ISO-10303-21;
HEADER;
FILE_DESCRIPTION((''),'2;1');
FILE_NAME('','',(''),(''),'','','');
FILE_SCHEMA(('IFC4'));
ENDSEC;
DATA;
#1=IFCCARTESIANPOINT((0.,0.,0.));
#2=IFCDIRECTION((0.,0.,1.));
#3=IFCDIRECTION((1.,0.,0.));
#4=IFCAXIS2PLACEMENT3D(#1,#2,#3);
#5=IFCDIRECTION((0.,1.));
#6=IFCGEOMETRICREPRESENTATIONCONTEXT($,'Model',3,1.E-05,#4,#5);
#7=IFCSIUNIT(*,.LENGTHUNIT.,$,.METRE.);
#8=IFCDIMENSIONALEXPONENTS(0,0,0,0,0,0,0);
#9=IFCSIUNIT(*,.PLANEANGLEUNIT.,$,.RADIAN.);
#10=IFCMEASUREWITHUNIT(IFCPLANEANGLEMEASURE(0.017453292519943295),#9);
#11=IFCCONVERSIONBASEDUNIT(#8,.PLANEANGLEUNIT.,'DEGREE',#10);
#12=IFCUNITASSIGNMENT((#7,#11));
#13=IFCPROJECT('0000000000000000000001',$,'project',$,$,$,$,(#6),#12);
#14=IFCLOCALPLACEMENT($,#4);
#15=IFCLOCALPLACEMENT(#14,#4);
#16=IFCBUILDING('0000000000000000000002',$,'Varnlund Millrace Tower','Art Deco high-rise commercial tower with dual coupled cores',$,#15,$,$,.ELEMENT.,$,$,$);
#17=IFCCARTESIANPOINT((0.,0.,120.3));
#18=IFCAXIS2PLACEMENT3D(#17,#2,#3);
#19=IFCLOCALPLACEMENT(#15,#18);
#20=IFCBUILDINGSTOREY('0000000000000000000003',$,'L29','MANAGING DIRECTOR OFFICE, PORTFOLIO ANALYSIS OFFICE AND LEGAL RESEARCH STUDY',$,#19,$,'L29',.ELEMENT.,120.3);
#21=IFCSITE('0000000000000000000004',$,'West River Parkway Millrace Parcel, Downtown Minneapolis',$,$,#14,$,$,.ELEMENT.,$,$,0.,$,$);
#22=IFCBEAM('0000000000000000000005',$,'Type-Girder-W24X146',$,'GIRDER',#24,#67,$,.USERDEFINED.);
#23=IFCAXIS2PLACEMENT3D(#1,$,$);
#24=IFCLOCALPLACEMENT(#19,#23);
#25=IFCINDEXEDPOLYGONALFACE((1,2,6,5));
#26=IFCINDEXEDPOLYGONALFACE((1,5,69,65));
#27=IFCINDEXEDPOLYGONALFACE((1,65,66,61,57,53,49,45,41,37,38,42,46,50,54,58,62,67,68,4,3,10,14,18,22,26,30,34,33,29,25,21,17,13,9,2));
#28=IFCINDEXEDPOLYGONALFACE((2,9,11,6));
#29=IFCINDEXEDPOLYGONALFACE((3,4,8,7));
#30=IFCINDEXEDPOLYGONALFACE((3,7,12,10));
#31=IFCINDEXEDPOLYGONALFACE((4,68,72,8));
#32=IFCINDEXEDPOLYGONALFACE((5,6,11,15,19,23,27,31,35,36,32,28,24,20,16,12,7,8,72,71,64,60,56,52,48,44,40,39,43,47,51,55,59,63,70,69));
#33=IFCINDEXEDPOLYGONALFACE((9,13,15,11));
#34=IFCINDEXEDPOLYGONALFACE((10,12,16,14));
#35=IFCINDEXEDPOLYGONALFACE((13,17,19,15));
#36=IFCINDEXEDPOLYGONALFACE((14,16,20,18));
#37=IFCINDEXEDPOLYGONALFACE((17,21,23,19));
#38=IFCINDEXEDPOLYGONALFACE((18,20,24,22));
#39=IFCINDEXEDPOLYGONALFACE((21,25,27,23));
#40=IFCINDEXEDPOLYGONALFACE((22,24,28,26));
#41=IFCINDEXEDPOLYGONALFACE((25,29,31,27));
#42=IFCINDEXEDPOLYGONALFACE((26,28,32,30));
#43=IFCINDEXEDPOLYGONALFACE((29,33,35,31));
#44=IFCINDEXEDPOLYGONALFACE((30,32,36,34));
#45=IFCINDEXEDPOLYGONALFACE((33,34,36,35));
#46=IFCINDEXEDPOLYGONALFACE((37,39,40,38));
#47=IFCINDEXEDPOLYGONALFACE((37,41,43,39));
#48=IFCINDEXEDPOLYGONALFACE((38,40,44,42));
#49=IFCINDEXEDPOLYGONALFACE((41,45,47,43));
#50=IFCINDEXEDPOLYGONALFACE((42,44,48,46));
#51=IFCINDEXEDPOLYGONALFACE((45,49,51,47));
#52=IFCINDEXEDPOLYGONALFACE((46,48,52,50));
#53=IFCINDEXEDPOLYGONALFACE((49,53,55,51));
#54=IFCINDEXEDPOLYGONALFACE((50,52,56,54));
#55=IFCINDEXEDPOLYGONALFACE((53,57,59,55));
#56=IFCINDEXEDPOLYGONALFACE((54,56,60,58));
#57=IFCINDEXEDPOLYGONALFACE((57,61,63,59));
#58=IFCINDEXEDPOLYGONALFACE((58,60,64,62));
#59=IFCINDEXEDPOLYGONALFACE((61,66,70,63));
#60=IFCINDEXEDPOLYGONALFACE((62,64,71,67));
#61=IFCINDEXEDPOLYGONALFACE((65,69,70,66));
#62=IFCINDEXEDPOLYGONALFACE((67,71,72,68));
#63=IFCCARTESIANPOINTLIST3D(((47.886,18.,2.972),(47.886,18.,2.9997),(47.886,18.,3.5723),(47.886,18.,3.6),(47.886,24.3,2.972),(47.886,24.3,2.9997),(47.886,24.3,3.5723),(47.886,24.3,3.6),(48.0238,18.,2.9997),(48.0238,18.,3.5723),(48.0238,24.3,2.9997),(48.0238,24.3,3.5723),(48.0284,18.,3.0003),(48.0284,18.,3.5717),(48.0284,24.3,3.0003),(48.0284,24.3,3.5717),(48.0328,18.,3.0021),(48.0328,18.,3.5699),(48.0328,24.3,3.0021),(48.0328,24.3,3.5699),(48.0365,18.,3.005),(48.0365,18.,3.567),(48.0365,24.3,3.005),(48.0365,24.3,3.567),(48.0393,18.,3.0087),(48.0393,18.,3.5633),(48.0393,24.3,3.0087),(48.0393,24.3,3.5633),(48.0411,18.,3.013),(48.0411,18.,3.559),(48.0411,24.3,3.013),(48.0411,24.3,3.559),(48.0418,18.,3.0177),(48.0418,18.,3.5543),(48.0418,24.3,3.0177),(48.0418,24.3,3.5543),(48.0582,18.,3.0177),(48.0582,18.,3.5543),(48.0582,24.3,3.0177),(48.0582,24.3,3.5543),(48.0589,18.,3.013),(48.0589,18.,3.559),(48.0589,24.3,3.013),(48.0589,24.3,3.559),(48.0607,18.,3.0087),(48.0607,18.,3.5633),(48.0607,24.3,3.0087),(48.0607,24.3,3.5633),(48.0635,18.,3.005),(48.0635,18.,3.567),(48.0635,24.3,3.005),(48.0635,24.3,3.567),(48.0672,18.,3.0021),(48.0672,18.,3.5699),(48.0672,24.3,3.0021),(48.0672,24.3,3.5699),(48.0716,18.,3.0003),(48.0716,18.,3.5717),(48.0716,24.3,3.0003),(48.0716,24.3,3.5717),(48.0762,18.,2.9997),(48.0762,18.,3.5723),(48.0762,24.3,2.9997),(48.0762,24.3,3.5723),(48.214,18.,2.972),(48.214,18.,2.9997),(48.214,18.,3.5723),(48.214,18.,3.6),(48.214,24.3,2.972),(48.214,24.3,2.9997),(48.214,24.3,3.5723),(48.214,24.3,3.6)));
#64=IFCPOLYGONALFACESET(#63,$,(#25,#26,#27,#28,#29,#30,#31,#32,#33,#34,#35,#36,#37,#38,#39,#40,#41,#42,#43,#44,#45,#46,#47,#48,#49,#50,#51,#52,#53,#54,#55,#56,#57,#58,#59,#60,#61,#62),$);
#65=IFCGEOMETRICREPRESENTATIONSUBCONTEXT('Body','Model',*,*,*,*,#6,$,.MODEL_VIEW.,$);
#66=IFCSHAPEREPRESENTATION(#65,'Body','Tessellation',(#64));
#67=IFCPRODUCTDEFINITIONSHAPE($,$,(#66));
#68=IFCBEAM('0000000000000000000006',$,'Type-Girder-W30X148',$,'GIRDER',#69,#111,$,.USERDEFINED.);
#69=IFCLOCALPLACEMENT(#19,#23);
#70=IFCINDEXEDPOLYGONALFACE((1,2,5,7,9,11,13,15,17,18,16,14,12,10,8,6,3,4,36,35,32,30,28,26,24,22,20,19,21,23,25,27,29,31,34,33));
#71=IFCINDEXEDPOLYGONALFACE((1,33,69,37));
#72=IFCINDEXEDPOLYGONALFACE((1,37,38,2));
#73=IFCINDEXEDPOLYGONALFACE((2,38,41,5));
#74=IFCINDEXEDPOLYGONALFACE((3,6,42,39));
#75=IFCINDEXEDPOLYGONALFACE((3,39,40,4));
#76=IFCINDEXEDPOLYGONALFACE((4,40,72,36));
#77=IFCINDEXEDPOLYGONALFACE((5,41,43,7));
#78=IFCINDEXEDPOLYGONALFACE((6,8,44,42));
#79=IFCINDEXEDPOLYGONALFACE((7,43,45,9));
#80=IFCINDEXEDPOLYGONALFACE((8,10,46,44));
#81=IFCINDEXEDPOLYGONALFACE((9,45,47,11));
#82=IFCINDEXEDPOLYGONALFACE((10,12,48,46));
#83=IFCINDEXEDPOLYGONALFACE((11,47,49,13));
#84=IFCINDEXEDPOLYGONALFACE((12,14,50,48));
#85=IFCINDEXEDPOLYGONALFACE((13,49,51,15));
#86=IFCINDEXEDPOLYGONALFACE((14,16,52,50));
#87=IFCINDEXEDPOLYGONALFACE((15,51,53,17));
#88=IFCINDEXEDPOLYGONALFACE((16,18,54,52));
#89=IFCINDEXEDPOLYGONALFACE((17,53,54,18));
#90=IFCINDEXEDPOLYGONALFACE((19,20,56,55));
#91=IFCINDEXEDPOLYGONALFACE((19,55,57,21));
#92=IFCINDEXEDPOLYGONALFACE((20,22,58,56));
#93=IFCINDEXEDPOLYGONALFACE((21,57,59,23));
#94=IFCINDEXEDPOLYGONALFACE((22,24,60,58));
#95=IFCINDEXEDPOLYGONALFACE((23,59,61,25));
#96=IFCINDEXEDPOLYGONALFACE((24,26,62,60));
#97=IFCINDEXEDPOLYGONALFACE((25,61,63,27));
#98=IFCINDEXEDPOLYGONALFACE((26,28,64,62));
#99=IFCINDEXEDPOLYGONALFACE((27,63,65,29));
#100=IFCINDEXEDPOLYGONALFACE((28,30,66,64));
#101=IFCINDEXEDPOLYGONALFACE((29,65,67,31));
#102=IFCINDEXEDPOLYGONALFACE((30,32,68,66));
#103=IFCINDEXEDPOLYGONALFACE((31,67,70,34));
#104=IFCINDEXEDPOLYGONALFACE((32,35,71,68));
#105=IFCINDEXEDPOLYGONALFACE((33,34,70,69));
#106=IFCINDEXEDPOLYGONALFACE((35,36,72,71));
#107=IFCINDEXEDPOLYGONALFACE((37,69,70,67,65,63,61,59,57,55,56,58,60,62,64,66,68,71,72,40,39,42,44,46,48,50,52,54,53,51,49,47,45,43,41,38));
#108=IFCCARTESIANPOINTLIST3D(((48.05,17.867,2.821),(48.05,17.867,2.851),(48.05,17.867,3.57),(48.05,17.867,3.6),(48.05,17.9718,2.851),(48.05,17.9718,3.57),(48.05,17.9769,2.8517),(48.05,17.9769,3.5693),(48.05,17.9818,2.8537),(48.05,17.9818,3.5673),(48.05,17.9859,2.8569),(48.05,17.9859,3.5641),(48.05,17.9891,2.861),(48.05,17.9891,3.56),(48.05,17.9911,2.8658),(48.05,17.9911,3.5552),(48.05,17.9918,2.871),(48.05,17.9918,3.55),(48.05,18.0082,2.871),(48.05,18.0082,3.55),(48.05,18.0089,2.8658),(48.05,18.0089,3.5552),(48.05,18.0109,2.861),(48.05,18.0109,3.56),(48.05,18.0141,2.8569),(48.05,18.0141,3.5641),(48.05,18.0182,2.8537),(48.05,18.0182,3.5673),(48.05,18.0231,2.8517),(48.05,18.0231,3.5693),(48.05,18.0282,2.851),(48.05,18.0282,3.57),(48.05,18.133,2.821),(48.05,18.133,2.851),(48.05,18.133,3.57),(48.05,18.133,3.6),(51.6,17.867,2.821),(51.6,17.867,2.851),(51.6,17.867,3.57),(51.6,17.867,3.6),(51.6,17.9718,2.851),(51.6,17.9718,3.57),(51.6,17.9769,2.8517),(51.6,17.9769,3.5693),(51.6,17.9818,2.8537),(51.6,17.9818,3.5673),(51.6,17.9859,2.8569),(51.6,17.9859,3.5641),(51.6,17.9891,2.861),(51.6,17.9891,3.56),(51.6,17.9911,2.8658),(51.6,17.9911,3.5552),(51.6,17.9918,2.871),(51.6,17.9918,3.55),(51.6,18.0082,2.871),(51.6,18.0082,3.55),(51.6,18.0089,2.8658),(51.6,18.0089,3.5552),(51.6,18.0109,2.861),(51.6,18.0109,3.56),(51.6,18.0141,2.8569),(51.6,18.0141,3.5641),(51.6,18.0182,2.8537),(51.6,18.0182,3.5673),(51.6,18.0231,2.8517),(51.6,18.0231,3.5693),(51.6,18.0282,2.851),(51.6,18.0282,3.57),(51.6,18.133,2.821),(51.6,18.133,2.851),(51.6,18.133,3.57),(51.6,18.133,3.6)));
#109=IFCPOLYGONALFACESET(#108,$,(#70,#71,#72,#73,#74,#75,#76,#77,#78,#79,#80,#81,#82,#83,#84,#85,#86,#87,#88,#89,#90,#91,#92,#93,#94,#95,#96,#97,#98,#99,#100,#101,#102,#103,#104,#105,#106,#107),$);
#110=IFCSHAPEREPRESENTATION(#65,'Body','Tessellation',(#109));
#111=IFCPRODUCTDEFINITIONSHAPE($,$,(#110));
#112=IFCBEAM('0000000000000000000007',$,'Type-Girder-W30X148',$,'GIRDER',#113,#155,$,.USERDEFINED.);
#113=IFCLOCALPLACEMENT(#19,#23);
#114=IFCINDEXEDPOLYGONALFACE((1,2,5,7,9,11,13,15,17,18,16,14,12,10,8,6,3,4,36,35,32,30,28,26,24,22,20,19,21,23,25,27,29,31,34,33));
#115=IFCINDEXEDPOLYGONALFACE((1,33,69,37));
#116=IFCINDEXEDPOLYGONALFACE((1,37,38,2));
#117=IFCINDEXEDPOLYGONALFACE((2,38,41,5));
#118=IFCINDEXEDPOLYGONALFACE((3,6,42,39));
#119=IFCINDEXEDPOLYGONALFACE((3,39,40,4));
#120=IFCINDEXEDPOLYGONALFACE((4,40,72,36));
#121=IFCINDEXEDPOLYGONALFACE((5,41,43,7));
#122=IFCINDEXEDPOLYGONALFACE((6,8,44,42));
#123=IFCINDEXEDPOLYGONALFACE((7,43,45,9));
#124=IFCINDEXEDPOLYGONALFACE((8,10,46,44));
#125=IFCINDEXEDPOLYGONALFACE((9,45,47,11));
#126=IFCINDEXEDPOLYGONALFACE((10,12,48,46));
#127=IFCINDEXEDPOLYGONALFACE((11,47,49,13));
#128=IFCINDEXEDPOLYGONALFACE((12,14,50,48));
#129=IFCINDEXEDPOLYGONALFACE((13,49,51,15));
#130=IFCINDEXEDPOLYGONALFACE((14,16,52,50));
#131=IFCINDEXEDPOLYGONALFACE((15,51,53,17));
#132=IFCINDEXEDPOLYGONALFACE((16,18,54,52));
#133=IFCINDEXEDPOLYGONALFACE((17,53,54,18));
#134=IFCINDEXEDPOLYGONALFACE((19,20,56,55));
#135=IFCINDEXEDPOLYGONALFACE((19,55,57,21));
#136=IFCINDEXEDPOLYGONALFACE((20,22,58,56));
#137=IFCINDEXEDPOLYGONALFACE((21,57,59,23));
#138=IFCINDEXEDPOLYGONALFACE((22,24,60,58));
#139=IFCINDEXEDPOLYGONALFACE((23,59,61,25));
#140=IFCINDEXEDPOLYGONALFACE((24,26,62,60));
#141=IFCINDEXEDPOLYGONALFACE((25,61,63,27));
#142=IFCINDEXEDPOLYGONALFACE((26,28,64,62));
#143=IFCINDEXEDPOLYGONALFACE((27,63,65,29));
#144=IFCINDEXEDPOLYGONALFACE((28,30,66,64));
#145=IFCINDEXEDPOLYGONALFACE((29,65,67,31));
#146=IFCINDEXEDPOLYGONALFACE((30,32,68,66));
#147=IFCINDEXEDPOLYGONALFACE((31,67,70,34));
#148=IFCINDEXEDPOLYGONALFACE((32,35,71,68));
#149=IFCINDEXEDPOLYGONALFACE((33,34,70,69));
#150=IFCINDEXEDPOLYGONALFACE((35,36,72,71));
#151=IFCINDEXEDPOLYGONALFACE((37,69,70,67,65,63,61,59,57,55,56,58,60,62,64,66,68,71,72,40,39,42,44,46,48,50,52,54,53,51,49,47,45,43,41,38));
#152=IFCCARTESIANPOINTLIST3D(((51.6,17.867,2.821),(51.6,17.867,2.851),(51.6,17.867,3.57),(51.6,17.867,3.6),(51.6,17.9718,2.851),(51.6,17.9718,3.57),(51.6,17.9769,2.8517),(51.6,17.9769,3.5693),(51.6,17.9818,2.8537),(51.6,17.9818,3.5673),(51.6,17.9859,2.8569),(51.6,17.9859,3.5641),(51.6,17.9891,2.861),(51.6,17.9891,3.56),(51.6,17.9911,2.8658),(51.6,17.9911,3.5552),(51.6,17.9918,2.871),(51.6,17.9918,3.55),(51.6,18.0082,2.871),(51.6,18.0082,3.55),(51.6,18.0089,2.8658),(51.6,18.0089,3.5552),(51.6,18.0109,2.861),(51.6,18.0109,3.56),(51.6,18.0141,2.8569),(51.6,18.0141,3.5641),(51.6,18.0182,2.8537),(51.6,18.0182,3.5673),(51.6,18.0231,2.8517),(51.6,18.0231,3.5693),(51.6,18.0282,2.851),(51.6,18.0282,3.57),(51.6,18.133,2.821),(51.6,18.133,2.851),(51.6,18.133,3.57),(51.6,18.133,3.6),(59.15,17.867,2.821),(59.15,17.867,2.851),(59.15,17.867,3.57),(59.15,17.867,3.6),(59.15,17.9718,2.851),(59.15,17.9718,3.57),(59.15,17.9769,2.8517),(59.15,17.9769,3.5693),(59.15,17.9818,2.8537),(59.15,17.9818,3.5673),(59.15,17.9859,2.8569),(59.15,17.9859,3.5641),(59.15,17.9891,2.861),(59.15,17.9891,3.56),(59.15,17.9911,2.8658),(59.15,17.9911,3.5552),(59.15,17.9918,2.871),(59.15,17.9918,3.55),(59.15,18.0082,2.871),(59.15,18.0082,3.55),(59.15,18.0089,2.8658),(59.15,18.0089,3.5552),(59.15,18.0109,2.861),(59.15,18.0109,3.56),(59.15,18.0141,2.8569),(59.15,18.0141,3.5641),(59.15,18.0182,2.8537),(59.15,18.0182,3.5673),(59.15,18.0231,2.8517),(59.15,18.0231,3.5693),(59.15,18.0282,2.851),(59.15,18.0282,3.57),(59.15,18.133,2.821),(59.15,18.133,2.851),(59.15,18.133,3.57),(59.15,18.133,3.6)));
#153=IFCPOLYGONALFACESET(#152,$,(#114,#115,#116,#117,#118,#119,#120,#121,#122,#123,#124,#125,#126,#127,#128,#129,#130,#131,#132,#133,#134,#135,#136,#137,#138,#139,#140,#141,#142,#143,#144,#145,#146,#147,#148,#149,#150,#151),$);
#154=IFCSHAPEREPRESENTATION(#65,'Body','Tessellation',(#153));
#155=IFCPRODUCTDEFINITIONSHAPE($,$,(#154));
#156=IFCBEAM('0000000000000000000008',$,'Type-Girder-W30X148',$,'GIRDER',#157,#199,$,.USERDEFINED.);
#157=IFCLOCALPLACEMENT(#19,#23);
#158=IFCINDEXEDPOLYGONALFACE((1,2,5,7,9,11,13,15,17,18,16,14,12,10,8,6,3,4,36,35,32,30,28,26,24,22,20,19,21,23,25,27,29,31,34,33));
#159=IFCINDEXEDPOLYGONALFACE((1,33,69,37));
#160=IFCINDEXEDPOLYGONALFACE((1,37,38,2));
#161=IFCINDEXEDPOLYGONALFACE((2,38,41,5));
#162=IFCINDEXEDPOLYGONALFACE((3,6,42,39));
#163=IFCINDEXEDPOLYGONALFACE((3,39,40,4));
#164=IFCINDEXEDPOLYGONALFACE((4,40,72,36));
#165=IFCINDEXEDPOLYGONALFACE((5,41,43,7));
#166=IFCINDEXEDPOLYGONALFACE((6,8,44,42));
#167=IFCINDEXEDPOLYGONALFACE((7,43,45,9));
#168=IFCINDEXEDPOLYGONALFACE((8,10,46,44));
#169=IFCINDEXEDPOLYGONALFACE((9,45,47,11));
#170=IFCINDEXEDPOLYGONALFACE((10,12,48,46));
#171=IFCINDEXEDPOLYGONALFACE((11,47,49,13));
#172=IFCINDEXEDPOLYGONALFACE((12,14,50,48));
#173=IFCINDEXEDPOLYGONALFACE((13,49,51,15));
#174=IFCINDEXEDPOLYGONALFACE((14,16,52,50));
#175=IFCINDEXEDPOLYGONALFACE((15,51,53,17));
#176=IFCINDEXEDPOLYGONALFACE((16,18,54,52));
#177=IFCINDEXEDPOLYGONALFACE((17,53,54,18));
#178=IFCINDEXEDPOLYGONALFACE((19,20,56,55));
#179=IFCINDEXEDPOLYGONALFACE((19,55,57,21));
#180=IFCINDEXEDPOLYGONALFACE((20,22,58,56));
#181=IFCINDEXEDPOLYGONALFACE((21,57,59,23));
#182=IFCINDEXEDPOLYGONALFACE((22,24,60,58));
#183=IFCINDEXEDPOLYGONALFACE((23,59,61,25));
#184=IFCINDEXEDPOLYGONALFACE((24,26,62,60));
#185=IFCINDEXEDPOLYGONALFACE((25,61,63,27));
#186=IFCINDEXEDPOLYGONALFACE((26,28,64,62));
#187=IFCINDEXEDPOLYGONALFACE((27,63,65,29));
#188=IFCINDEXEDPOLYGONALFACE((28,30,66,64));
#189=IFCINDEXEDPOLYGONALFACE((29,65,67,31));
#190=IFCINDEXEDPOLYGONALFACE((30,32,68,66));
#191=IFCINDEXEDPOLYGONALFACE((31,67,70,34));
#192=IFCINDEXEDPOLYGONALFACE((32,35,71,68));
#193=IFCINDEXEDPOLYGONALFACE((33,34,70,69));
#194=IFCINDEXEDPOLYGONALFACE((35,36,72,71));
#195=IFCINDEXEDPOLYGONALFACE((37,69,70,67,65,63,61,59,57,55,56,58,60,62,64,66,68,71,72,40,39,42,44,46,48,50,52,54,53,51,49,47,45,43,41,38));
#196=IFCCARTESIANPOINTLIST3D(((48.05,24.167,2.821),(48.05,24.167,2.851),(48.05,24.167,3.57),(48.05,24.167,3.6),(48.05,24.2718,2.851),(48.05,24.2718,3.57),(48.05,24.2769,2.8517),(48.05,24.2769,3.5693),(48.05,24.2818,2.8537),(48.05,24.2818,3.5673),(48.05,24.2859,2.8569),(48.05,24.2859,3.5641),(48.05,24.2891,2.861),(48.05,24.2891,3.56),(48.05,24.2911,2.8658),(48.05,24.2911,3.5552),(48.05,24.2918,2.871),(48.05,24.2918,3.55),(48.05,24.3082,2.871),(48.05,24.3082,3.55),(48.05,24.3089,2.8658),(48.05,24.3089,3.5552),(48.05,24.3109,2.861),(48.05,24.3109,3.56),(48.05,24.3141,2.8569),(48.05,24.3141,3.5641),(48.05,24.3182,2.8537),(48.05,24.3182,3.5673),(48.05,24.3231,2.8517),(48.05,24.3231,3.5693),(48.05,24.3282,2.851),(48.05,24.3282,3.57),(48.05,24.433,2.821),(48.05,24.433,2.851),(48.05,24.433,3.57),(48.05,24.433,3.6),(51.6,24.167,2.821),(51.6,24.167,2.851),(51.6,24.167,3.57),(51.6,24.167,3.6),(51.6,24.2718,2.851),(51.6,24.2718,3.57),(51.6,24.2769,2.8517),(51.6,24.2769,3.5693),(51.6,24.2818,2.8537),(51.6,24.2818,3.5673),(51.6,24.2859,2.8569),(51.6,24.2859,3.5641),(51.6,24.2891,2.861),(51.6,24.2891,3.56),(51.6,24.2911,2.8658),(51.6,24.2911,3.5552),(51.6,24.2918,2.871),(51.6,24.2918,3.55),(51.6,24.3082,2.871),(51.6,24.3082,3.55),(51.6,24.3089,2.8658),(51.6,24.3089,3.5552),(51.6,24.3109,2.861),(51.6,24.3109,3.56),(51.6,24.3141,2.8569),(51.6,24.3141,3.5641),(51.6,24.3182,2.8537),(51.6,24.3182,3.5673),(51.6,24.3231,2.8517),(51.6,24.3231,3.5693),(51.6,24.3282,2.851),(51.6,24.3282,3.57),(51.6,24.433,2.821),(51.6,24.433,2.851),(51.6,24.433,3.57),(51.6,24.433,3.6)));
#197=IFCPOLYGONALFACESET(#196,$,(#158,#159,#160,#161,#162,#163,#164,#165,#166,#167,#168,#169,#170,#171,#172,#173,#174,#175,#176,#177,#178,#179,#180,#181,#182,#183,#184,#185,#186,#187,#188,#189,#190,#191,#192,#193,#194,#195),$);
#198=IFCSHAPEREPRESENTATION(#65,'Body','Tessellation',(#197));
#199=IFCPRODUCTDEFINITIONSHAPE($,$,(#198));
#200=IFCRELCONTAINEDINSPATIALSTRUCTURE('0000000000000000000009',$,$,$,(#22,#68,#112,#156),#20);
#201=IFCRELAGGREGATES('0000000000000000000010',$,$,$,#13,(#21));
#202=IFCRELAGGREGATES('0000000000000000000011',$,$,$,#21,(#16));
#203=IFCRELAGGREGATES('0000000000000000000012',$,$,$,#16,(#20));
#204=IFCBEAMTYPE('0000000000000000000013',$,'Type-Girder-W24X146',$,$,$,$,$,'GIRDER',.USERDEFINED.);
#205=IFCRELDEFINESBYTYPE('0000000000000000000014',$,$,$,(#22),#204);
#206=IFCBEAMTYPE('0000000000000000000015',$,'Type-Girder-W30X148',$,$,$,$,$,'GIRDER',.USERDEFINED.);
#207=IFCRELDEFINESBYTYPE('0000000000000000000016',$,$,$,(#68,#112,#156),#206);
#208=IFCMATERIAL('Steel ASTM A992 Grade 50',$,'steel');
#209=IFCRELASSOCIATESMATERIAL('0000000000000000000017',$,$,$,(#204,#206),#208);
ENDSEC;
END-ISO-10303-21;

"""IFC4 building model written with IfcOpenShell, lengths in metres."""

from ifc_helpers import new_model, entity, si_unit, converted_unit, direction, frame, origin_with_axes, origin_2d_with_axis, place, context, subcontext, project, spatial, i_section, extrude, material, material_profile, profile_set, type_object, element, save


model = new_model("IFC4")

# Units and contexts
model_context = context("Model", 3, precision=1e-05, world=origin_with_axes(), true_north=direction((0.0, 1.0)))
body_context = subcontext(model_context, "Body", "Model", "MODEL_VIEW")
ifc_project = project(units=[si_unit("LENGTHUNIT", "METRE"), converted_unit("PLANEANGLEUNIT", "DEGREE", entity("IfcPlaneAngleMeasure", 0.017453292519943295), si_unit("PLANEANGLEUNIT", "RADIAN"), dimensions=[0, 0, 0, 0, 0, 0, 0])], contexts=[model_context])

# Site, building, storey
site_placement = place(None, origin_with_axes())
site = spatial("IfcSite", under=ifc_project, at=site_placement, Name="West River Parkway Millrace Parcel, Downtown Minneapolis", CompositionType="ELEMENT", RefElevation=0.0)
building_placement = place(site_placement, origin_with_axes())
building = spatial("IfcBuilding", under=site, at=building_placement, Name="Varnlund Millrace Tower", Description="Art Deco high-rise commercial tower with dual coupled cores", CompositionType="ELEMENT")
storey_placement = place(building_placement, frame((0.0, 0.0, 120.3), z_axis=(0.0, 0.0, 1.0), x_axis=(1.0, 0.0, 0.0)))
storey = spatial("IfcBuildingStorey", under=building, at=storey_placement, Name="L29", Description="MANAGING DIRECTOR OFFICE, PORTFOLIO ANALYSIS OFFICE AND LEGAL RESEARCH STUDY", LongName="L29", CompositionType="ELEMENT", Elevation=120.3)

# Beams
ifc_material_1 = material(Name="Steel ASTM A992 Grade 50", Category="steel")
ifc_material_profile_1 = material_profile(ifc_material_1, i_section(OverallWidth=0.328, OverallDepth=0.628, WebThickness=0.0165, FlangeThickness=0.0277, FilletRadius=0.018, at=origin_2d_with_axis()), Name="Steel ASTM A992 Grade 50")
ifc_profile_set_1 = profile_set([ifc_material_profile_1], Name="Steel ASTM A992 Grade 50")
beam_type_1 = type_object("IfcBeamType", Name="Type-Girder-W24X146", ElementType="GIRDER", PredefinedType="USERDEFINED", material=ifc_profile_set_1)
beam_1_placement = place(storey_placement, frame((48.05, 18.0, 3.286), z_axis=(0.0, 1.0, 0.0), x_axis=(-1.0, 0.0, 0.0)))
element("IfcBeam", 1, at=beam_1_placement, inside=storey, type_object=beam_type_1, Name="Type-Girder-W24X146", ObjectType="GIRDER", PredefinedType="USERDEFINED", context=body_context, shape_type="SweptSolid", body=[
    extrude(i_section(OverallWidth=0.328, OverallDepth=0.628, WebThickness=0.0165, FlangeThickness=0.0277, FilletRadius=0.018, at=origin_2d_with_axis()), origin_with_axes(), (0.0, 0.0, 1.0), 6.3),
])
ifc_material_profile_2 = material_profile(ifc_material_1, i_section(OverallWidth=0.266, OverallDepth=0.779, WebThickness=0.0165, FlangeThickness=0.03, FilletRadius=0.02, at=origin_2d_with_axis()), Name="Steel ASTM A992 Grade 50")
ifc_profile_set_2 = profile_set([ifc_material_profile_2], Name="Steel ASTM A992 Grade 50")
beam_type_2 = type_object("IfcBeamType", Name="Type-Girder-W30X148", ElementType="GIRDER", PredefinedType="USERDEFINED", material=ifc_profile_set_2)
beam_2_placement = place(storey_placement, frame((48.05, 18.0, 3.2105), z_axis=(1.0, 0.0, 0.0), x_axis=(0.0, 1.0, 0.0)))
element("IfcBeam", 2, at=beam_2_placement, inside=storey, type_object=beam_type_2, Name="Type-Girder-W30X148", ObjectType="GIRDER", PredefinedType="USERDEFINED", context=body_context, shape_type="SweptSolid", body=[
    extrude(i_section(OverallWidth=0.266, OverallDepth=0.779, WebThickness=0.0165, FlangeThickness=0.03, FilletRadius=0.02, at=origin_2d_with_axis()), origin_with_axes(), (0.0, 0.0, 1.0), 3.55),
])
beam_3_placement = place(storey_placement, frame((51.6, 18.0, 3.2105), z_axis=(1.0, 0.0, 0.0), x_axis=(0.0, 1.0, 0.0)))
element("IfcBeam", 3, at=beam_3_placement, inside=storey, type_object=beam_type_2, Name="Type-Girder-W30X148", ObjectType="GIRDER", PredefinedType="USERDEFINED", context=body_context, shape_type="SweptSolid", body=[
    extrude(i_section(OverallWidth=0.266, OverallDepth=0.779, WebThickness=0.0165, FlangeThickness=0.03, FilletRadius=0.02, at=origin_2d_with_axis()), origin_with_axes(), (0.0, 0.0, 1.0), 7.55),
])
beam_4_placement = place(storey_placement, frame((48.05, 24.3, 3.2105), z_axis=(1.0, 0.0, 0.0), x_axis=(0.0, 1.0, 0.0)))
element("IfcBeam", 4, at=beam_4_placement, inside=storey, type_object=beam_type_2, Name="Type-Girder-W30X148", ObjectType="GIRDER", PredefinedType="USERDEFINED", context=body_context, shape_type="SweptSolid", body=[
    extrude(i_section(OverallWidth=0.266, OverallDepth=0.779, WebThickness=0.0165, FlangeThickness=0.03, FilletRadius=0.02, at=origin_2d_with_axis()), origin_with_axes(), (0.0, 0.0, 1.0), 3.55),
])

save(model, "model.ifc")
